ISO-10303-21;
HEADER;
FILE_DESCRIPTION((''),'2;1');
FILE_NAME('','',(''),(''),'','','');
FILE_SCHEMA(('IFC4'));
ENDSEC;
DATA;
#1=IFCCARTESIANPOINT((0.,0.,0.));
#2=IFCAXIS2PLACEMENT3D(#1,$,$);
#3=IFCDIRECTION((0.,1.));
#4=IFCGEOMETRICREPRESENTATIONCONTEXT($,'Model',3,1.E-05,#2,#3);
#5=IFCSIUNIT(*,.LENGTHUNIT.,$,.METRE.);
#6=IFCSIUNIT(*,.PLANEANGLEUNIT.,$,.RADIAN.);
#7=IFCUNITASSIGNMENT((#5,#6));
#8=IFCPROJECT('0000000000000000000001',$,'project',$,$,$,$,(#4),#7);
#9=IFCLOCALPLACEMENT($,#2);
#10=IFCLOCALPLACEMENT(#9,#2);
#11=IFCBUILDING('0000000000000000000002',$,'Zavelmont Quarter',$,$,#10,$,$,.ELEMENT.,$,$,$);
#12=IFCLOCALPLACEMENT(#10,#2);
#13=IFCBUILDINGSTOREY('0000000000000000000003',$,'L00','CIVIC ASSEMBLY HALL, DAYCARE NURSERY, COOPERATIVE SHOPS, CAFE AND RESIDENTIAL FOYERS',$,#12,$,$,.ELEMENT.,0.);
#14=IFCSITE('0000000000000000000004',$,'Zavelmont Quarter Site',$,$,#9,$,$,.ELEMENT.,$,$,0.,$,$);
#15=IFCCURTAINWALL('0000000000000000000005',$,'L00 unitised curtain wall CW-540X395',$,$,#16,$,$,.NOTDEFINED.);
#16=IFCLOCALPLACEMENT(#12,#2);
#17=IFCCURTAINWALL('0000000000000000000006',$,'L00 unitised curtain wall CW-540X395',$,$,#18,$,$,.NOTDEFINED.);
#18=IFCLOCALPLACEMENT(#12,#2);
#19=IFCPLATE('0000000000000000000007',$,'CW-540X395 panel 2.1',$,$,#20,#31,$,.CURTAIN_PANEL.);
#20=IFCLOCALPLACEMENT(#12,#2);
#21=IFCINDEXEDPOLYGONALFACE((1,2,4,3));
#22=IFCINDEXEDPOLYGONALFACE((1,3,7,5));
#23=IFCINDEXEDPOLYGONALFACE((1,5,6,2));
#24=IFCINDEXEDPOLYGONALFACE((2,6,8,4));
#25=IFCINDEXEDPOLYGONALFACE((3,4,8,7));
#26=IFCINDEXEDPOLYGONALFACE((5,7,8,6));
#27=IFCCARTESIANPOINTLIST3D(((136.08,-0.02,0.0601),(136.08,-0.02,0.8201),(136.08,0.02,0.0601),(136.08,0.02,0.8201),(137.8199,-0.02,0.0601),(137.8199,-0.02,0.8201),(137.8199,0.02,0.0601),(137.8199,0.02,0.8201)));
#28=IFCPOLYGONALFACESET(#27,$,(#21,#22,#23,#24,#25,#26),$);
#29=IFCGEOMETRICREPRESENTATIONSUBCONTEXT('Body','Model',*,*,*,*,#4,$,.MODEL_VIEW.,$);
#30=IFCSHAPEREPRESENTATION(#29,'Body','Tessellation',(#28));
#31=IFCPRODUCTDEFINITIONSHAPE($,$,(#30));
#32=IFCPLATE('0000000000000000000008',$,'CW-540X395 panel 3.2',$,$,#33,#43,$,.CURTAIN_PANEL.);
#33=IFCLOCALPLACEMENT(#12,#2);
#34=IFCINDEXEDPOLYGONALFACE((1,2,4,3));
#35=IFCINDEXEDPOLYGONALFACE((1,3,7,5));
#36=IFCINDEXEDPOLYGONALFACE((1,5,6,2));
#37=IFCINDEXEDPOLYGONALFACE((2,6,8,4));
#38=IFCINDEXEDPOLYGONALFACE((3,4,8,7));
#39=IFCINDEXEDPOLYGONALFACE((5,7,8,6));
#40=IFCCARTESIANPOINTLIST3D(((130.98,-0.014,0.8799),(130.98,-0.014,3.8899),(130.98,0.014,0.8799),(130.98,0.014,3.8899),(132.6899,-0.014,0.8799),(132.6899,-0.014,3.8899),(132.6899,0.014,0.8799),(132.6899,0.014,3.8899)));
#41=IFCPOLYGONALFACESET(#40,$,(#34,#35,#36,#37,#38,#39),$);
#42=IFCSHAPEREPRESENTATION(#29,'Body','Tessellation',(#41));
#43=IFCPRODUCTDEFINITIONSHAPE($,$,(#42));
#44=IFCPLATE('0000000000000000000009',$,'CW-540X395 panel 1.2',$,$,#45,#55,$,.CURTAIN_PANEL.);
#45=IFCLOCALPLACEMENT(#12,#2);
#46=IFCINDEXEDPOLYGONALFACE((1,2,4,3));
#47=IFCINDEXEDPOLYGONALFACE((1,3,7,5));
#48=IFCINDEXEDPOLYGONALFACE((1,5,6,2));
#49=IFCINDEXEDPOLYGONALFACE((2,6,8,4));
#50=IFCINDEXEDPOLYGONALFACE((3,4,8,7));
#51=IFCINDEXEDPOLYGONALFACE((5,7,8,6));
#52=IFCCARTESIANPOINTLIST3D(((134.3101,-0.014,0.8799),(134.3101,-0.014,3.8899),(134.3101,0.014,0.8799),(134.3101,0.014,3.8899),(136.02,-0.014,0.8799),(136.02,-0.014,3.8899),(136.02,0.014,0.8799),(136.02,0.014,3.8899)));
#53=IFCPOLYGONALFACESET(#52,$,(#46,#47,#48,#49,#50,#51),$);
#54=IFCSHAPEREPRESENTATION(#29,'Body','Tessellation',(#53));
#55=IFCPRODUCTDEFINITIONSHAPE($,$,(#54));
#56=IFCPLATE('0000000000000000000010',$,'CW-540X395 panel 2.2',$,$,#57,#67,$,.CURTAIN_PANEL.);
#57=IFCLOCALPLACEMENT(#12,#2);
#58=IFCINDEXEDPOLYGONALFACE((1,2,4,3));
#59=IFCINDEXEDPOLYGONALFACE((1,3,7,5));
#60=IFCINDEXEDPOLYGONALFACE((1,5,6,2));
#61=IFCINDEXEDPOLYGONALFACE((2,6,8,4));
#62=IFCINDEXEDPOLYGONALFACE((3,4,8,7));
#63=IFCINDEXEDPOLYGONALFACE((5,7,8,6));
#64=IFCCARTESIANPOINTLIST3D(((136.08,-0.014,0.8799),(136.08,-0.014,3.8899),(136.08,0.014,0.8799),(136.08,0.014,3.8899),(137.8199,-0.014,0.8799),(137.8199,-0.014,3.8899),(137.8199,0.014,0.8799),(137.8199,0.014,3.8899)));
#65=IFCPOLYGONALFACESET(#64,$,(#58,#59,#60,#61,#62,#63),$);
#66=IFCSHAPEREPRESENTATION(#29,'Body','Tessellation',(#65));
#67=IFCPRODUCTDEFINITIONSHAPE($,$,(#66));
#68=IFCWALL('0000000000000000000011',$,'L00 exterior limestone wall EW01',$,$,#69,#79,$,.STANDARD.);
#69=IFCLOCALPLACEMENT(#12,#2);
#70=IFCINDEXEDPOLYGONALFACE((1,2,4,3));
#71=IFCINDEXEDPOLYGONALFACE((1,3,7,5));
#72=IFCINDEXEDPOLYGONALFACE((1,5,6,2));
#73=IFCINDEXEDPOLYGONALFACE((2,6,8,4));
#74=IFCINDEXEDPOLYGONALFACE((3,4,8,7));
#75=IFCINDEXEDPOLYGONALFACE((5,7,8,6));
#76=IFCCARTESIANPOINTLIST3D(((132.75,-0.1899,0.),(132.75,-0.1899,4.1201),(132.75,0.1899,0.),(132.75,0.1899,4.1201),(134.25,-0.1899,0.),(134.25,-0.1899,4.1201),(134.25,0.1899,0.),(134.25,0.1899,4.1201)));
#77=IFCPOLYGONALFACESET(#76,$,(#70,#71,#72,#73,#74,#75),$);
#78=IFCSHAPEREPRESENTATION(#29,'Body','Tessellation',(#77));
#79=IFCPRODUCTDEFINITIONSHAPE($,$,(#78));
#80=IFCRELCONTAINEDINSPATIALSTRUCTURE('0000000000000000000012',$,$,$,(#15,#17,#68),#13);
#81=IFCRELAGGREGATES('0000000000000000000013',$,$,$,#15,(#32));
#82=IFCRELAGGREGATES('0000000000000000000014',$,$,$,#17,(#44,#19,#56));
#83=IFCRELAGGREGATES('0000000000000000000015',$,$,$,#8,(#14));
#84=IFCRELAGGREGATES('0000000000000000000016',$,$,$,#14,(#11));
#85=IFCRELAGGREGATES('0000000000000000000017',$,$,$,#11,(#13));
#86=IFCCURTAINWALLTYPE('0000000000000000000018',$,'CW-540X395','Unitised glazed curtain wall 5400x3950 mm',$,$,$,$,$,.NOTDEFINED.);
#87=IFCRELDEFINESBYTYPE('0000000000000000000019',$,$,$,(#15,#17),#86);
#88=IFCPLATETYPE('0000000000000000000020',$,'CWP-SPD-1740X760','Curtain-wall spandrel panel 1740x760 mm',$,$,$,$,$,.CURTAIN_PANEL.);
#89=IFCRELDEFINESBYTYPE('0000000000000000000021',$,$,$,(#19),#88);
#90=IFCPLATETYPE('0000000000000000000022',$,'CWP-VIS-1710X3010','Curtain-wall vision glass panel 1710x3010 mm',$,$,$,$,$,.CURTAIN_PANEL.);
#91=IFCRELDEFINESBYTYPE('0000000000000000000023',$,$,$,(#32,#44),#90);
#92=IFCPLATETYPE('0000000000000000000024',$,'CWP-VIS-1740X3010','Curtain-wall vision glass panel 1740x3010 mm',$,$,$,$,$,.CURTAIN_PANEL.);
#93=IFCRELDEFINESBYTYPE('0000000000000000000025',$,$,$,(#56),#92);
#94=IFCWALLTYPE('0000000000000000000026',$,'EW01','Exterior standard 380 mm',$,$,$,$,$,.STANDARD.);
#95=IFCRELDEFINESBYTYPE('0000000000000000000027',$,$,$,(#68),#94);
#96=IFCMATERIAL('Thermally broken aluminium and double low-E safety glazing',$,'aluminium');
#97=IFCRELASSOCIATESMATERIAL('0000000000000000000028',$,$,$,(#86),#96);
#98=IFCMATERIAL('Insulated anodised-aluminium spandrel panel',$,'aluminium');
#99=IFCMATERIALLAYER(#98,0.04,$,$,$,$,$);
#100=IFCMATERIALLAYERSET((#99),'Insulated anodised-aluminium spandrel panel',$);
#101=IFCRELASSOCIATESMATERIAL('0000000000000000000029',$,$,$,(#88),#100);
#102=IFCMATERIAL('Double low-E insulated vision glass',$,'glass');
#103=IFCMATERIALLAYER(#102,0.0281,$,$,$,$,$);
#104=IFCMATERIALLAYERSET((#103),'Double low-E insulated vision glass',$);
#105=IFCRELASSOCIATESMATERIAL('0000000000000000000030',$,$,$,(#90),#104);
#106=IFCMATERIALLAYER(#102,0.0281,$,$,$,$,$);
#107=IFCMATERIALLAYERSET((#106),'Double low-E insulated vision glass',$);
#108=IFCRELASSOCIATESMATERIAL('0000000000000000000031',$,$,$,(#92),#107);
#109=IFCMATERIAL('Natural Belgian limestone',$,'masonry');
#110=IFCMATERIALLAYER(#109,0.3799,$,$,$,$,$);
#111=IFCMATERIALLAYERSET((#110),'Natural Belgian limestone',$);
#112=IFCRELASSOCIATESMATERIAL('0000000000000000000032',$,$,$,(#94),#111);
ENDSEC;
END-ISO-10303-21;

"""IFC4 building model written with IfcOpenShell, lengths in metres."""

from ifc_helpers import new_model, si_unit, direction, frame, frame_2d, origin, origin_2d, place, context, subcontext, project, spatial, rectangle, extrude, material, layer, layer_set, type_object, element, aggregate, save


model = new_model("IFC4")

# Units and contexts
model_context = context("Model", 3, precision=1e-05, world=origin(), true_north=direction((0.0, 1.0)))
body_context = subcontext(model_context, "Body", "Model", "MODEL_VIEW")
ifc_project = project(units=[si_unit("LENGTHUNIT", "METRE"), si_unit("PLANEANGLEUNIT", "RADIAN")], contexts=[model_context])

# Site, building, storey
site_placement = place(None, origin())
site = spatial("IfcSite", under=ifc_project, at=site_placement, Name="Zavelmont Quarter Site", CompositionType="ELEMENT", RefElevation=0.0)
building_placement = place(site_placement, origin())
building = spatial("IfcBuilding", under=site, at=building_placement, Name="Zavelmont Quarter", CompositionType="ELEMENT")
storey_placement = place(building_placement, origin())
storey = spatial("IfcBuildingStorey", under=building, at=storey_placement, Name="L00", Description="CIVIC ASSEMBLY HALL, DAYCARE NURSERY, COOPERATIVE SHOPS, CAFE AND RESIDENTIAL FOYERS", CompositionType="ELEMENT", Elevation=0.0)

# Curtain walls
ifc_material_1 = material(Name="Thermally broken aluminium and double low-E safety glazing", Category="aluminium")
curtain_wall_type = type_object("IfcCurtainWallType", Name="CW-540X395", Description="Unitised glazed curtain wall 5400x3950 mm", PredefinedType="NOTDEFINED", material=ifc_material_1)
curtain_wall_1_placement = place(storey_placement, origin())
curtain_wall_1 = element("IfcCurtainWall", 1, at=curtain_wall_1_placement, inside=storey, type_object=curtain_wall_type, Name="L00 unitised curtain wall CW-540X395", PredefinedType="NOTDEFINED")
curtain_wall_2_placement = place(storey_placement, origin())
curtain_wall_2 = element("IfcCurtainWall", 2, at=curtain_wall_2_placement, inside=storey, type_object=curtain_wall_type, Name="L00 unitised curtain wall CW-540X395", PredefinedType="NOTDEFINED")

# Plates
ifc_material_2 = material(Name="Insulated anodised-aluminium spandrel panel", Category="aluminium")
ifc_layer_1 = layer(ifc_material_2, 0.04)
ifc_layer_set_1 = layer_set([ifc_layer_1], Name="Insulated anodised-aluminium spandrel panel")
plate_type_1 = type_object("IfcPlateType", Name="CWP-SPD-1740X760", Description="Curtain-wall spandrel panel 1740x760 mm", PredefinedType="CURTAIN_PANEL", material=ifc_layer_set_1)
plate_1_placement = place(storey_placement, frame((136.95, 0.0, 0.0601), z_axis=(0.0, 0.0, 1.0), x_axis=(1.0, 0.0, 0.0)))
plate_1 = element("IfcPlate", 3, at=plate_1_placement, type_object=plate_type_1, Name="CW-540X395 panel 2.1", PredefinedType="CURTAIN_PANEL", context=body_context, shape_type="SweptSolid", body=[
    extrude(rectangle(XDim=1.74, YDim=0.04, at=origin_2d()), origin(), (0.0, 0.0, 1.0), 0.76),
])
ifc_material_3 = material(Name="Double low-E insulated vision glass", Category="glass")
ifc_layer_2 = layer(ifc_material_3, 0.0281)
ifc_layer_set_2 = layer_set([ifc_layer_2], Name="Double low-E insulated vision glass")
plate_type_2 = type_object("IfcPlateType", Name="CWP-VIS-1710X3010", Description="Curtain-wall vision glass panel 1710x3010 mm", PredefinedType="CURTAIN_PANEL", material=ifc_layer_set_2)
plate_2_placement = place(storey_placement, frame((131.835, 0.0, 0.8799), z_axis=(0.0, 0.0, 1.0), x_axis=(1.0, 0.0, 0.0)))
plate_2 = element("IfcPlate", 4, at=plate_2_placement, type_object=plate_type_2, Name="CW-540X395 panel 3.2", PredefinedType="CURTAIN_PANEL", context=body_context, shape_type="SweptSolid", body=[
    extrude(rectangle(XDim=1.71, YDim=0.0281, at=origin_2d()), origin(), (0.0, 0.0, 1.0), 3.01),
])
aggregate(curtain_wall_1, [plate_2])
plate_3_placement = place(storey_placement, frame((135.165, 0.0, 0.8799), z_axis=(0.0, 0.0, 1.0), x_axis=(1.0, 0.0, 0.0)))
plate_3 = element("IfcPlate", 5, at=plate_3_placement, type_object=plate_type_2, Name="CW-540X395 panel 1.2", PredefinedType="CURTAIN_PANEL", context=body_context, shape_type="SweptSolid", body=[
    extrude(rectangle(XDim=1.71, YDim=0.0281, at=origin_2d()), origin(), (0.0, 0.0, 1.0), 3.01),
])
ifc_layer_3 = layer(ifc_material_3, 0.0281)
ifc_layer_set_3 = layer_set([ifc_layer_3], Name="Double low-E insulated vision glass")
plate_type_3 = type_object("IfcPlateType", Name="CWP-VIS-1740X3010", Description="Curtain-wall vision glass panel 1740x3010 mm", PredefinedType="CURTAIN_PANEL", material=ifc_layer_set_3)
plate_4_placement = place(storey_placement, frame((136.95, 0.0, 0.8799), z_axis=(0.0, 0.0, 1.0), x_axis=(1.0, 0.0, 0.0)))
plate_4 = element("IfcPlate", 6, at=plate_4_placement, type_object=plate_type_3, Name="CW-540X395 panel 2.2", PredefinedType="CURTAIN_PANEL", context=body_context, shape_type="SweptSolid", body=[
    extrude(rectangle(XDim=1.74, YDim=0.0281, at=origin_2d()), origin(), (0.0, 0.0, 1.0), 3.01),
])
aggregate(curtain_wall_2, [plate_3, plate_1, plate_4])

# Wall
ifc_material_4 = material(Name="Natural Belgian limestone", Category="masonry")
ifc_layer_4 = layer(ifc_material_4, 0.3799)
ifc_layer_set_4 = layer_set([ifc_layer_4], Name="Natural Belgian limestone")
wall_type = type_object("IfcWallType", Name="EW01", Description="Exterior standard 380 mm", PredefinedType="STANDARD", material=ifc_layer_set_4)
wall_placement = place(storey_placement, frame((132.75, 0.0, 0.0), z_axis=(0.0, 0.0, 1.0), x_axis=(1.0, 0.0, 0.0)))
element("IfcWall", 7, at=wall_placement, inside=storey, type_object=wall_type, Name="L00 exterior limestone wall EW01", PredefinedType="STANDARD", context=body_context, shape_type="SweptSolid", body=[
    extrude(rectangle(XDim=1.5, YDim=0.3799, at=frame_2d((0.75, 0.0))), origin(), (0.0, 0.0, 1.0), 4.1201),
])

save(model, "model.ifc")
